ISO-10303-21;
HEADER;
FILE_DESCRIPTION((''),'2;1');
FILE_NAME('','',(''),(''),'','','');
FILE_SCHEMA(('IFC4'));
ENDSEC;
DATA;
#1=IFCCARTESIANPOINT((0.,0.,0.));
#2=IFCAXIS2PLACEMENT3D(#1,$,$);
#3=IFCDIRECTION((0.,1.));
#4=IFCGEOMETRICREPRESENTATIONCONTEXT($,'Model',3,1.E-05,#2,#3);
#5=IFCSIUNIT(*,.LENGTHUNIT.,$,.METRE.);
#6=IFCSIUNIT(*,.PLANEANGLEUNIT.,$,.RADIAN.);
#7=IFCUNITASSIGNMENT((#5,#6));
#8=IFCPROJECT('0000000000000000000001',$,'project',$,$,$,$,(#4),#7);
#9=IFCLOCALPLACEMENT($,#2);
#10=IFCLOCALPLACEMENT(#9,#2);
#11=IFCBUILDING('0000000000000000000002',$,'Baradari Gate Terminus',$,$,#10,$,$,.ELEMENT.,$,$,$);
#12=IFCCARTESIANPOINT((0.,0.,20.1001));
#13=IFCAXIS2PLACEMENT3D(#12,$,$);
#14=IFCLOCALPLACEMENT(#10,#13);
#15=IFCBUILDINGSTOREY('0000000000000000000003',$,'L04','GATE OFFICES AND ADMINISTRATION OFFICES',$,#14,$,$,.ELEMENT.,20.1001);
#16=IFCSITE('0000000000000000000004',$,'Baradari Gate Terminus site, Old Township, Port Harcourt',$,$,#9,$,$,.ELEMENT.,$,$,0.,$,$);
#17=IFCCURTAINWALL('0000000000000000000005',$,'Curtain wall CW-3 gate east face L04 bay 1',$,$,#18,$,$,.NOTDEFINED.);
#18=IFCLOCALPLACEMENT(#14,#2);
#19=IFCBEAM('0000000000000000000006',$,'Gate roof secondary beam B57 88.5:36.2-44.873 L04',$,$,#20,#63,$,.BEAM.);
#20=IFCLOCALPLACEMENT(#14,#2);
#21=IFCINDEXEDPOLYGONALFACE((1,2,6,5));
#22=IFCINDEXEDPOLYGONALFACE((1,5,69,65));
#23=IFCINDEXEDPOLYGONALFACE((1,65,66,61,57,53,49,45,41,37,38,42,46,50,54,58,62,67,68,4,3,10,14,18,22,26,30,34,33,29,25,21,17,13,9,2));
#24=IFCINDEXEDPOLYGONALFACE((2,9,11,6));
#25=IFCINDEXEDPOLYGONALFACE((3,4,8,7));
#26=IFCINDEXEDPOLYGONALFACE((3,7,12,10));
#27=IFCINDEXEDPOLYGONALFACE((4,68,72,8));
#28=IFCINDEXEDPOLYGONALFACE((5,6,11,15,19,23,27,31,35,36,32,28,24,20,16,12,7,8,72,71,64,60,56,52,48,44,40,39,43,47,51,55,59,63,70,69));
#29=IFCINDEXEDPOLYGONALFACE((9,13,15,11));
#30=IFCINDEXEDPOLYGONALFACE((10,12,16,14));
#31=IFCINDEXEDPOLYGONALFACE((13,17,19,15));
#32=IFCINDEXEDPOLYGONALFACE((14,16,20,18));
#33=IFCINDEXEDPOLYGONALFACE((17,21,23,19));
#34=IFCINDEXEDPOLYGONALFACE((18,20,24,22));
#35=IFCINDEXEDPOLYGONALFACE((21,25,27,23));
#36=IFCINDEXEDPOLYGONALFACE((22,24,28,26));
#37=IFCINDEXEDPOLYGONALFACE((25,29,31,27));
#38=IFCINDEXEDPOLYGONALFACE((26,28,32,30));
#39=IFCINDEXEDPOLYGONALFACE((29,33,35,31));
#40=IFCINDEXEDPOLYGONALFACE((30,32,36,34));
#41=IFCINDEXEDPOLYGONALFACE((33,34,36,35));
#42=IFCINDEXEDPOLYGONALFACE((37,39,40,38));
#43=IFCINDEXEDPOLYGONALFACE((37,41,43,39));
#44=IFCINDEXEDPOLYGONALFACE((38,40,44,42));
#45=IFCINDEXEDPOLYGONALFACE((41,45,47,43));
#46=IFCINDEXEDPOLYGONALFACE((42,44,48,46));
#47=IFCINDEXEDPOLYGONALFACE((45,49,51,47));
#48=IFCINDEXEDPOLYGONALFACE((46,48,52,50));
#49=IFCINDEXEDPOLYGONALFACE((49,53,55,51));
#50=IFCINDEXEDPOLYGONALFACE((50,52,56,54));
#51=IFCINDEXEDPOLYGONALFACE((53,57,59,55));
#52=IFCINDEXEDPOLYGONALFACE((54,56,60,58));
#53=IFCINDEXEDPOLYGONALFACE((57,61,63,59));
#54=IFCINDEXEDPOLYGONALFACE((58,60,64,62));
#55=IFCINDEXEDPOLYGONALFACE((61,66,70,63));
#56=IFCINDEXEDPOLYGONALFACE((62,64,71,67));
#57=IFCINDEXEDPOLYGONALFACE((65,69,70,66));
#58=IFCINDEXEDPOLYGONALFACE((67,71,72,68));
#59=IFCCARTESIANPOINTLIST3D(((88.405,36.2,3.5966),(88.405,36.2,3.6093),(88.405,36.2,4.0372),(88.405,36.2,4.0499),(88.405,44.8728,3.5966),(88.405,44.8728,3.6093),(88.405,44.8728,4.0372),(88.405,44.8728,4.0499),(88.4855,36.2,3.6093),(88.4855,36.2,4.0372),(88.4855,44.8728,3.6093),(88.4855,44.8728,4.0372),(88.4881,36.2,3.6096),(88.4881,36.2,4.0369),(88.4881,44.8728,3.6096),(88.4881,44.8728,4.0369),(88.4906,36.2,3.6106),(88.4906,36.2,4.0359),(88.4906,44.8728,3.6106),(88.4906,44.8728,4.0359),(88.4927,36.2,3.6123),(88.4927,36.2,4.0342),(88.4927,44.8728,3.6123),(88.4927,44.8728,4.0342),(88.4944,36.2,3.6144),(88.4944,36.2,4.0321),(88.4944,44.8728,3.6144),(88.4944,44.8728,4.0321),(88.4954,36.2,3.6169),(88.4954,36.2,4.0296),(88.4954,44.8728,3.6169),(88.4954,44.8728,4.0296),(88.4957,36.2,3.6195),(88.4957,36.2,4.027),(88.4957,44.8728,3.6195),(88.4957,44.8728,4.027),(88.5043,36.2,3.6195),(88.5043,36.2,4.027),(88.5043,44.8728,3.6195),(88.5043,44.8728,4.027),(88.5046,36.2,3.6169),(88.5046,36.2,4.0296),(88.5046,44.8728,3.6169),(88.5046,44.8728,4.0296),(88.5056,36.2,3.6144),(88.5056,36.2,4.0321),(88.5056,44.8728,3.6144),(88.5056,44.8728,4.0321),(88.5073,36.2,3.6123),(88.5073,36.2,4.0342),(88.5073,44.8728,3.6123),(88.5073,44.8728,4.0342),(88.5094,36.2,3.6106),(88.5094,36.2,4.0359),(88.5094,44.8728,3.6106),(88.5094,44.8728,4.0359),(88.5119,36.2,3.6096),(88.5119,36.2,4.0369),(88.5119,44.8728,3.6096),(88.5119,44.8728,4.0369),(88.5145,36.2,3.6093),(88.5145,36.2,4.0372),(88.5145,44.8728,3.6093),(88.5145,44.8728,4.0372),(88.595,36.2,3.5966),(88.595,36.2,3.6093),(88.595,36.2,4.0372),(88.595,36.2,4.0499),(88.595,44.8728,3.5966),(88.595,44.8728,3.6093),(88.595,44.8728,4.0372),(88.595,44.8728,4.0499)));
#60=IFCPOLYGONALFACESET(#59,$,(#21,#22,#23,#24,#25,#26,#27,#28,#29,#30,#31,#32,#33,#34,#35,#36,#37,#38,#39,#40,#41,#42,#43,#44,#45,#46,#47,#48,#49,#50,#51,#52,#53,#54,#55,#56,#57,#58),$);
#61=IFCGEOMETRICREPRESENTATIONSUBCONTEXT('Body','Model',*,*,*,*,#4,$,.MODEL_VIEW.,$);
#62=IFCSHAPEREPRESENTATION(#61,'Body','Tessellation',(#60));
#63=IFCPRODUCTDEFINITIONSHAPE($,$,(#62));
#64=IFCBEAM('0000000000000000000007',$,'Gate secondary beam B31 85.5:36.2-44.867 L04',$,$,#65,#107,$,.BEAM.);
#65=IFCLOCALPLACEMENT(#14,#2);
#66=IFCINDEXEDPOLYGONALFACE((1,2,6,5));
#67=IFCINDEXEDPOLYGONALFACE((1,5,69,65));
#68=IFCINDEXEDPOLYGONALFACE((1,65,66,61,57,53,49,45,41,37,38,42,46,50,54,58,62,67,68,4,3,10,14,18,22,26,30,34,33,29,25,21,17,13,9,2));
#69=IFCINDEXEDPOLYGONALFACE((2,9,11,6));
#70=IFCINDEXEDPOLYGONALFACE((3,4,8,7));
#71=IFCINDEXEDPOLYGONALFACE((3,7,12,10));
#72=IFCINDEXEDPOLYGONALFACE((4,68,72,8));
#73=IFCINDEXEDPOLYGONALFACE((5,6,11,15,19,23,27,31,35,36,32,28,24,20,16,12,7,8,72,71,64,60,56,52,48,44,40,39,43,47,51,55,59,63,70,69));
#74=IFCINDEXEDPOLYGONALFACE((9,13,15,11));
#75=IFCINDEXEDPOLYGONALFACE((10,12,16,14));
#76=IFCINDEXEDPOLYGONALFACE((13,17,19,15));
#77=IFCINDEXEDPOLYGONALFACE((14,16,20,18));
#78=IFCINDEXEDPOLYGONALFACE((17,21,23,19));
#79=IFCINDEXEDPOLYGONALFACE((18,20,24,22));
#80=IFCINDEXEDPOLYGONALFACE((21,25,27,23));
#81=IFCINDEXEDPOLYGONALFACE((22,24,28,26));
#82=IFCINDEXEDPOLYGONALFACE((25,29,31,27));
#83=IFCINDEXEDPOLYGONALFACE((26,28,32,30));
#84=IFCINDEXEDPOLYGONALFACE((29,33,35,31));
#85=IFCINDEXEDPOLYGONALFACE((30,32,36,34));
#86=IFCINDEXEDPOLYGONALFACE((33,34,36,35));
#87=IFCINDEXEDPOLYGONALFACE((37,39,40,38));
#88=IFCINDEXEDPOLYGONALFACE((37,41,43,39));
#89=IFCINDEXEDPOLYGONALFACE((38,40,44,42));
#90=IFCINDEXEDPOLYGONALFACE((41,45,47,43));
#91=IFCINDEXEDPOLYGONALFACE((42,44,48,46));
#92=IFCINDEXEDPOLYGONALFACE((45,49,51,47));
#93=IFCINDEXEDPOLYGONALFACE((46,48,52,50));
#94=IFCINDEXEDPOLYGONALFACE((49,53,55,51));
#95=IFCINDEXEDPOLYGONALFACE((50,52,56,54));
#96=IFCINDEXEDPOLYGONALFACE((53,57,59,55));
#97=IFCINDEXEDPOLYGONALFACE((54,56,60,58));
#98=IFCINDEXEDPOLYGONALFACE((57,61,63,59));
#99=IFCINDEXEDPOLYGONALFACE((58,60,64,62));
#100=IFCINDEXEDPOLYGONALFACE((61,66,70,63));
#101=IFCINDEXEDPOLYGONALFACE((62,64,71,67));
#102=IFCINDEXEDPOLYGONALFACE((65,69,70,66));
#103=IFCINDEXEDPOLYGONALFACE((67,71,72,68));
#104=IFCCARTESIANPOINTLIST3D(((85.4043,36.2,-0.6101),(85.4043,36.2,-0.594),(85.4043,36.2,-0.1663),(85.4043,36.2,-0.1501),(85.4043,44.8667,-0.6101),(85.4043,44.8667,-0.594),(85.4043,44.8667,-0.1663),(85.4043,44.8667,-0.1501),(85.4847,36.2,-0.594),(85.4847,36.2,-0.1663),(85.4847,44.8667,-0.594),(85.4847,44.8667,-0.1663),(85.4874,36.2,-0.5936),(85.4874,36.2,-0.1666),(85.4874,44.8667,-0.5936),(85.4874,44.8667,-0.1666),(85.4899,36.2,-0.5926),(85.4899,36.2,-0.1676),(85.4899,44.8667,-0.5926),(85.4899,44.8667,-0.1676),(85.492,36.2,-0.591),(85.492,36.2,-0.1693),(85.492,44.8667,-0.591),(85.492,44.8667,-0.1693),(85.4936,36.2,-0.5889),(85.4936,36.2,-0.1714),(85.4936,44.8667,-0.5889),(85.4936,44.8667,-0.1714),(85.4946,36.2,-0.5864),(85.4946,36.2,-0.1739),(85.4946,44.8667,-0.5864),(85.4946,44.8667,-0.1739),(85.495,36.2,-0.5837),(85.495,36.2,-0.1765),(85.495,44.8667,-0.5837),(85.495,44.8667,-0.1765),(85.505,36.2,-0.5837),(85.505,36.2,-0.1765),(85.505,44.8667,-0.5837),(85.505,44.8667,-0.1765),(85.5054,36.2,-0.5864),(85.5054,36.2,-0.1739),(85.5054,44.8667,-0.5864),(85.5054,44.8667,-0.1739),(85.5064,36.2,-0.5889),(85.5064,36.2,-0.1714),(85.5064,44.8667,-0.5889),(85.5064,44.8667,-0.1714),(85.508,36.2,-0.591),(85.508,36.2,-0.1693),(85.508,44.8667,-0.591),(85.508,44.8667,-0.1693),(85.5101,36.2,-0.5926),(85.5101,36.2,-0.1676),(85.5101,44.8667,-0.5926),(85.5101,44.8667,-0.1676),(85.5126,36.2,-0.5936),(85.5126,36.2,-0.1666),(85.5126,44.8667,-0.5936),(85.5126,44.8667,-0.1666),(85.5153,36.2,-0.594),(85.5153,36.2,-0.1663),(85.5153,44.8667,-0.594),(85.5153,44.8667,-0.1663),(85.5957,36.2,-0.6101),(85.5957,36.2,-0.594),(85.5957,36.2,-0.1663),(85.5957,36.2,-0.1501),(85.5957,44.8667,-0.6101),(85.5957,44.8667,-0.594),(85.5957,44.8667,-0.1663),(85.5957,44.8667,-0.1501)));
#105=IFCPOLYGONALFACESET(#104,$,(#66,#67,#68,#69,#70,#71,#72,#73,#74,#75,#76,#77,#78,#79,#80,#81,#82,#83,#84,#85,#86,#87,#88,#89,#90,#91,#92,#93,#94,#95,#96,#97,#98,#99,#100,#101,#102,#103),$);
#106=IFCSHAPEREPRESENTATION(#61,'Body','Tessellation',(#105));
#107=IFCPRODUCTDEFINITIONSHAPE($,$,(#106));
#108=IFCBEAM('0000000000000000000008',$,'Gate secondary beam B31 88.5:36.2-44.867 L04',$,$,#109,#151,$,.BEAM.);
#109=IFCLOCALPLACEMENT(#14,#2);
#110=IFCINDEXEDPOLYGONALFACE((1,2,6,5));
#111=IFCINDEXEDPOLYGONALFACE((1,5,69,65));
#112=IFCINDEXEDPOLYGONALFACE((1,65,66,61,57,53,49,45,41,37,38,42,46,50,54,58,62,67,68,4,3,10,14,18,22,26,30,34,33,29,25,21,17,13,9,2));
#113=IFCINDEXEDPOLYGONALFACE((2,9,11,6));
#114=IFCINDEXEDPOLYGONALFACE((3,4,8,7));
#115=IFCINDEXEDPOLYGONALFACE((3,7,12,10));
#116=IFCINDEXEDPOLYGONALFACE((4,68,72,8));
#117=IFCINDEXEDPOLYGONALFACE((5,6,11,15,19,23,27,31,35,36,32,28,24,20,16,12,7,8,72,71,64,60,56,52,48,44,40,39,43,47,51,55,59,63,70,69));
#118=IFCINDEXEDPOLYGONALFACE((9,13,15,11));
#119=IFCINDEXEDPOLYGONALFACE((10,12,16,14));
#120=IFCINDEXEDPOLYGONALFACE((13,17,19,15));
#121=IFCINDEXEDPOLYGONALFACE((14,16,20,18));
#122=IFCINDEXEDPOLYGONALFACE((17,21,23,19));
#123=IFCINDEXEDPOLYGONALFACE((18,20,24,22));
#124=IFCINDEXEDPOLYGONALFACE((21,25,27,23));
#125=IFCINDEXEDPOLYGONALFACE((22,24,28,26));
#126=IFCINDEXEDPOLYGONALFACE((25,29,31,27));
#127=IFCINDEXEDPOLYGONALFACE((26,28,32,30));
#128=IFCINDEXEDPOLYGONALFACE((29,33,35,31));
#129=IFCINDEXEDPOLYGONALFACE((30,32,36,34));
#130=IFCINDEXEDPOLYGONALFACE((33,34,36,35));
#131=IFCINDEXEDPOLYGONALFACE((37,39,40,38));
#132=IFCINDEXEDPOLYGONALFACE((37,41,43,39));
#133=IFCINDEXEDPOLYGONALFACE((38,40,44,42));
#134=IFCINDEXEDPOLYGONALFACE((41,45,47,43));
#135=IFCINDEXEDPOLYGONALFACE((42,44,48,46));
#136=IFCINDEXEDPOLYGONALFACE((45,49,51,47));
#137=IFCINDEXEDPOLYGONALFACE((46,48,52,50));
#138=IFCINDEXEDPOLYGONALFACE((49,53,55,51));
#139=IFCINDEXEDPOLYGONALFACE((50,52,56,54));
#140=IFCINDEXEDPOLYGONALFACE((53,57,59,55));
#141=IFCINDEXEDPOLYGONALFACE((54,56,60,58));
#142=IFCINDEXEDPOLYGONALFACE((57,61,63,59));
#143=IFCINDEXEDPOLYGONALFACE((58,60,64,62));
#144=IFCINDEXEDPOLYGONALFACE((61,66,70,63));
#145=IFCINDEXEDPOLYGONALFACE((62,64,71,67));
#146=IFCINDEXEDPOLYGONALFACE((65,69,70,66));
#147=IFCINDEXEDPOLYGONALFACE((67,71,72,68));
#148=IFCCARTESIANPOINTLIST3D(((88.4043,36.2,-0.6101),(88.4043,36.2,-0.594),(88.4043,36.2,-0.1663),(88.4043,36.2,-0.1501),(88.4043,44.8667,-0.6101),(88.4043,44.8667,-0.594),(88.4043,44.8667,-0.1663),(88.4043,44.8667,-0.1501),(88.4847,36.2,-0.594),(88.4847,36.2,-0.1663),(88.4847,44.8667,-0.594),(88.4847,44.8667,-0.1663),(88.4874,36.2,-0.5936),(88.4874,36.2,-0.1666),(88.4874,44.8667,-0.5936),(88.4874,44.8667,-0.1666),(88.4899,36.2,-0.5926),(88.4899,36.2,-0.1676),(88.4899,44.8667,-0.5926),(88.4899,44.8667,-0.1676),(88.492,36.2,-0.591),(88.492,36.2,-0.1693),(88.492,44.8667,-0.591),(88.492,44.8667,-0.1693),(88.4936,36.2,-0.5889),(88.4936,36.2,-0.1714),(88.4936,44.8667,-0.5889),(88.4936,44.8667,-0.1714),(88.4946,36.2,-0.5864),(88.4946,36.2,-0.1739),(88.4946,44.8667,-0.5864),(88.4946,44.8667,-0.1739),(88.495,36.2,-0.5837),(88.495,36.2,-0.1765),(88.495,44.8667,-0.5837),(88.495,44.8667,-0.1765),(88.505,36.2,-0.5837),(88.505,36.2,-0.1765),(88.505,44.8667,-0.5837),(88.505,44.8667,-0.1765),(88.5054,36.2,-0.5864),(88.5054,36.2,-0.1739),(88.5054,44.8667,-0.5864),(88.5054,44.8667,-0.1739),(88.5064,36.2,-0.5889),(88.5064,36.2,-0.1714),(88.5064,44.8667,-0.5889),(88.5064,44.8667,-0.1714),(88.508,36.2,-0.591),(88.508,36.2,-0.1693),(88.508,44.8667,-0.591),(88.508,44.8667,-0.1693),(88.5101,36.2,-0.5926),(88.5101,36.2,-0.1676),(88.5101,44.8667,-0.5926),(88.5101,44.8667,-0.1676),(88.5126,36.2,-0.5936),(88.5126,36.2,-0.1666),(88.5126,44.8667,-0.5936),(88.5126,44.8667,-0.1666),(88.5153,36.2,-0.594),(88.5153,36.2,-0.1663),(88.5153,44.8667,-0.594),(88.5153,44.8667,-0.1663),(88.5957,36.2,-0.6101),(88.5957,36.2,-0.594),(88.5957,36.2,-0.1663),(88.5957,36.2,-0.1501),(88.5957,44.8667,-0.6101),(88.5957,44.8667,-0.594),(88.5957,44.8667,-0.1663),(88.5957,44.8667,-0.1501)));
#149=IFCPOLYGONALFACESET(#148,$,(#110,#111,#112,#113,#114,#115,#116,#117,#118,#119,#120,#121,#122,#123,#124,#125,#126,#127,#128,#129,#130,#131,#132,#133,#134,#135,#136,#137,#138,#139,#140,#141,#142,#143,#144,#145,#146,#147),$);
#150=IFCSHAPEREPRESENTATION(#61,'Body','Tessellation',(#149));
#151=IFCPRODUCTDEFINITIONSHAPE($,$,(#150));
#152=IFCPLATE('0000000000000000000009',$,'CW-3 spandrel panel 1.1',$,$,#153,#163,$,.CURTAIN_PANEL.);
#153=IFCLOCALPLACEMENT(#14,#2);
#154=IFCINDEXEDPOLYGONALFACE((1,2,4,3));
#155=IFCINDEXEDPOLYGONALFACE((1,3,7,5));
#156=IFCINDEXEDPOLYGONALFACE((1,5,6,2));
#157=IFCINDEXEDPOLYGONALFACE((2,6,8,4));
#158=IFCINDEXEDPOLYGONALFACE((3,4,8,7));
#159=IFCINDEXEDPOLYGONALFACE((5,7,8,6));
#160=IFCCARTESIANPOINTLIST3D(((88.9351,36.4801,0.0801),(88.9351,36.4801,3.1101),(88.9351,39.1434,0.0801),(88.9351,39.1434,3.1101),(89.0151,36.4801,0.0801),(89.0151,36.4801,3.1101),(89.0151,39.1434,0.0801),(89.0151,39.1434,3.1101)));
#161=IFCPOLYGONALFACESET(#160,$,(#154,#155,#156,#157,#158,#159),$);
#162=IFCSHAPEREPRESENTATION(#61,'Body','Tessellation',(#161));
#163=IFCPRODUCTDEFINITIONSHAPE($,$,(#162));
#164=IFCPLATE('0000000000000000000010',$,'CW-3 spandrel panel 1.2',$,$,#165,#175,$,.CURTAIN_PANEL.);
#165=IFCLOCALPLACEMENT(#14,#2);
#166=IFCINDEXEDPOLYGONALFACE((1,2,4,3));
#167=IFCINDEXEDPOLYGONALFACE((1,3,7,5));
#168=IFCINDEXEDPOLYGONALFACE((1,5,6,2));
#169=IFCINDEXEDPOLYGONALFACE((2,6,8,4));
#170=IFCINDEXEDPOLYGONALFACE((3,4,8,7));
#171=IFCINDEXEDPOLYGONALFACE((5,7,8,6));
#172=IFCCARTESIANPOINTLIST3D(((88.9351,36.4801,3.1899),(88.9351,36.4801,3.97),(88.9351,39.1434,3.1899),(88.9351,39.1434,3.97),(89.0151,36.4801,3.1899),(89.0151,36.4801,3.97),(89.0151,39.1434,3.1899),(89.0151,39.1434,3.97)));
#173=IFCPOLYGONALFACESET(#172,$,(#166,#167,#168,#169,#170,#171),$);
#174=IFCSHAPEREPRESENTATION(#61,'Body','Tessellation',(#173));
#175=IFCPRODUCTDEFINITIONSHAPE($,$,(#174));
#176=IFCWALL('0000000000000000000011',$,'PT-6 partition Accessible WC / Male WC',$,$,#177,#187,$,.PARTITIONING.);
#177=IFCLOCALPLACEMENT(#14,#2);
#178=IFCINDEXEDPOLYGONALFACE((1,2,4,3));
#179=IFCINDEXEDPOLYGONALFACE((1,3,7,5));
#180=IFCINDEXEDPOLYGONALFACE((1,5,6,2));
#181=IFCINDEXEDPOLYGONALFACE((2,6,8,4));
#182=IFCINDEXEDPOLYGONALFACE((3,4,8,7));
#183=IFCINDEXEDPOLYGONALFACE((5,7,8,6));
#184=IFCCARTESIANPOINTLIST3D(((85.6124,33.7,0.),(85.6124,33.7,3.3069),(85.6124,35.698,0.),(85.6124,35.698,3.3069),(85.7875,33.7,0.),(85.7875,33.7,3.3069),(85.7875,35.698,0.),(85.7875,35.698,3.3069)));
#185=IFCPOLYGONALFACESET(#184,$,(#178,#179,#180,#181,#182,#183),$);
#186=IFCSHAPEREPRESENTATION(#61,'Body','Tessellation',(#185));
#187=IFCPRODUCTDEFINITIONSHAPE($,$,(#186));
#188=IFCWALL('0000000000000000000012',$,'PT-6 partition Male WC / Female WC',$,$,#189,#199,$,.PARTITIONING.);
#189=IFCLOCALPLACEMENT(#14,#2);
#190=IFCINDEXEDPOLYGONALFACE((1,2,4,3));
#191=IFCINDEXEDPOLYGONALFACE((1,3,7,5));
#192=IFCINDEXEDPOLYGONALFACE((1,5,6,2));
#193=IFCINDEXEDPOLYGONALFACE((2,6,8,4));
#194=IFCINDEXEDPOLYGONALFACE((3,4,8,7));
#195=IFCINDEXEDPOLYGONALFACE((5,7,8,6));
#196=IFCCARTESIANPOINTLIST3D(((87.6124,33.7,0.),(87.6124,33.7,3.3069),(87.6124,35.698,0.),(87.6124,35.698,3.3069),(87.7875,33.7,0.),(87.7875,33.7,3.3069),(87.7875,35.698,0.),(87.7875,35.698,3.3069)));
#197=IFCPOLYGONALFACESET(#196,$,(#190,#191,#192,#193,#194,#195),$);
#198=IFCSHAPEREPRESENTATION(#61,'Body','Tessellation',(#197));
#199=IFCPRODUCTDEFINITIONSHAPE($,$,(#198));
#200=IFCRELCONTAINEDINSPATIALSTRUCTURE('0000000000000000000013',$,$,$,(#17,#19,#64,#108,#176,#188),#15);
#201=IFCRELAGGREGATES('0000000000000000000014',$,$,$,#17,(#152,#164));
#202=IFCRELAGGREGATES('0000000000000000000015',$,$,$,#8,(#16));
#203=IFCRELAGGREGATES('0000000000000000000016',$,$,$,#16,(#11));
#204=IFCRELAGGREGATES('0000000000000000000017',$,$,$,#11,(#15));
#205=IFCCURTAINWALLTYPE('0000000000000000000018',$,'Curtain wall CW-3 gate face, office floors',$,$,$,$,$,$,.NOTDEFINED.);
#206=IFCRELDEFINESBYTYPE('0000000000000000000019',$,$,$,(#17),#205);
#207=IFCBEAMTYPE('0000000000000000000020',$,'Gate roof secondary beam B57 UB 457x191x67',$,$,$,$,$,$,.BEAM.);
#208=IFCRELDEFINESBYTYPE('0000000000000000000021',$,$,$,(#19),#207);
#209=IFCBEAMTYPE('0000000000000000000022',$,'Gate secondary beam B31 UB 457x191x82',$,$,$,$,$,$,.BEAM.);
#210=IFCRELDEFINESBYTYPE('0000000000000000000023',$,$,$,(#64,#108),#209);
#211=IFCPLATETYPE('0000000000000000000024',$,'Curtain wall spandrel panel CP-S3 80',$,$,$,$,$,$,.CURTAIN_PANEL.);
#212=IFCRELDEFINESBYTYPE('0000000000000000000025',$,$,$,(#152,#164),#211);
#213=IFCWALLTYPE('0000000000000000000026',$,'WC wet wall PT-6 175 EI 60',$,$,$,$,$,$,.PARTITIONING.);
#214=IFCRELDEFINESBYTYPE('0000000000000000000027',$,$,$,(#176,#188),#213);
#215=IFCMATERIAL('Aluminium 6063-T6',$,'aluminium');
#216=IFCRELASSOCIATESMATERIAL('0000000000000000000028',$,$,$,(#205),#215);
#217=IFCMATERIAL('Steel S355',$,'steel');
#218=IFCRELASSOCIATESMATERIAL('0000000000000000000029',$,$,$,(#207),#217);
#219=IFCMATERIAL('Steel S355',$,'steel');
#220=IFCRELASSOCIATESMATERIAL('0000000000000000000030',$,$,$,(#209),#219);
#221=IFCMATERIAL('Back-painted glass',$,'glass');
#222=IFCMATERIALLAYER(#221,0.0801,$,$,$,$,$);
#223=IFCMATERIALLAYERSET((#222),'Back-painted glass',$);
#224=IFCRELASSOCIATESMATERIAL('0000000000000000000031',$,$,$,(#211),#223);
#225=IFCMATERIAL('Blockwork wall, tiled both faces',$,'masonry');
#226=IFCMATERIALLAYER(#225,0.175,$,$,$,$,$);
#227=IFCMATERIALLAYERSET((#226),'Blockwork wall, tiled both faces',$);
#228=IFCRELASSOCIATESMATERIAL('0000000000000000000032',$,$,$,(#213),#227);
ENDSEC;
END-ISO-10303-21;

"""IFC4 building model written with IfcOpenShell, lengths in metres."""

from ifc_helpers import new_model, si_unit, direction, frame, frame_2d, origin, origin_2d, place, context, subcontext, project, spatial, rectangle, i_section, extrude, material, layer, layer_set, material_profile, profile_set, type_object, element, aggregate, save


model = new_model("IFC4")

# Units and contexts
model_context = context("Model", 3, precision=1e-05, world=origin(), true_north=direction((0.0, 1.0)))
body_context = subcontext(model_context, "Body", "Model", "MODEL_VIEW")
ifc_project = project(units=[si_unit("LENGTHUNIT", "METRE"), si_unit("PLANEANGLEUNIT", "RADIAN")], contexts=[model_context])

# Site, building, storey
site_placement = place(None, origin())
site = spatial("IfcSite", under=ifc_project, at=site_placement, Name="Baradari Gate Terminus site, Old Township, Port Harcourt", CompositionType="ELEMENT", RefElevation=0.0)
building_placement = place(site_placement, origin())
building = spatial("IfcBuilding", under=site, at=building_placement, Name="Baradari Gate Terminus", CompositionType="ELEMENT")
storey_placement = place(building_placement, frame((0.0, 0.0, 20.1001)))
storey = spatial("IfcBuildingStorey", under=building, at=storey_placement, Name="L04", Description="GATE OFFICES AND ADMINISTRATION OFFICES", CompositionType="ELEMENT", Elevation=20.1001)

# Curtain wall
ifc_material_1 = material(Name="Aluminium 6063-T6", Category="aluminium")
curtain_wall_type = type_object("IfcCurtainWallType", Name="Curtain wall CW-3 gate face, office floors", PredefinedType="NOTDEFINED", material=ifc_material_1)
curtain_wall_placement = place(storey_placement, origin())
curtain_wall = element("IfcCurtainWall", 1, at=curtain_wall_placement, inside=storey, type_object=curtain_wall_type, Name="Curtain wall CW-3 gate east face L04 bay 1", PredefinedType="NOTDEFINED")

# Beams
ifc_material_2 = material(Name="Steel S355", Category="steel")
ifc_material_profile_1 = material_profile(ifc_material_2, i_section(OverallWidth=0.1899, OverallDepth=0.4534, WebThickness=0.0085, FlangeThickness=0.0127, FilletRadius=0.0103, at=origin_2d()), Name="UB 457x191x67")
ifc_profile_set_1 = profile_set([ifc_material_profile_1], Name="Steel S355")
beam_type_1 = type_object("IfcBeamType", Name="Gate roof secondary beam B57 UB 457x191x67", PredefinedType="BEAM", material=ifc_profile_set_1)
for number, where, z_axis, x_axis, name in (
    (2, (88.5, 36.2, 3.8232), (0.0, 1.0, 0.0), (-1.0, 0.0, 0.0), "Gate roof secondary beam B57 88.5:36.2-44.873 L04"),
):
    element("IfcBeam", number, at=place(storey_placement, frame(where, z_axis=z_axis, x_axis=x_axis)), inside=storey, type_object=beam_type_1, Name=name, PredefinedType="BEAM", context=body_context, shape_type="SweptSolid", body=[
        extrude(i_section(OverallWidth=0.1899, OverallDepth=0.4534, WebThickness=0.0085, FlangeThickness=0.0127, FilletRadius=0.0103, at=origin_2d()), origin(), (0.0, 0.0, 1.0), 8.6729),
    ])
ifc_material_3 = material(Name="Steel S355", Category="steel")
ifc_material_profile_2 = material_profile(ifc_material_3, i_section(OverallWidth=0.1914, OverallDepth=0.46, WebThickness=0.01, FlangeThickness=0.0161, FilletRadius=0.0103, at=origin_2d()), Name="UB 457x191x82")
ifc_profile_set_2 = profile_set([ifc_material_profile_2], Name="Steel S355")
beam_type_2 = type_object("IfcBeamType", Name="Gate secondary beam B31 UB 457x191x82", PredefinedType="BEAM", material=ifc_profile_set_2)
for number, where, z_axis, x_axis, name in (
    (3, (85.5, 36.2, -0.3801), (0.0, 1.0, 0.0), (-1.0, 0.0, 0.0), "Gate secondary beam B31 85.5:36.2-44.867 L04"),
    (4, (88.5, 36.2, -0.3801), (0.0, 1.0, 0.0), (-1.0, 0.0, 0.0), "Gate secondary beam B31 88.5:36.2-44.867 L04"),
):
    element("IfcBeam", number, at=place(storey_placement, frame(where, z_axis=z_axis, x_axis=x_axis)), inside=storey, type_object=beam_type_2, Name=name, PredefinedType="BEAM", context=body_context, shape_type="SweptSolid", body=[
        extrude(i_section(OverallWidth=0.1914, OverallDepth=0.46, WebThickness=0.01, FlangeThickness=0.0161, FilletRadius=0.0103, at=origin_2d()), origin(), (0.0, 0.0, 1.0), 8.6667),
    ])

# Plates
ifc_material_4 = material(Name="Back-painted glass", Category="glass")
ifc_layer_1 = layer(ifc_material_4, 0.0801)
ifc_layer_set_1 = layer_set([ifc_layer_1], Name="Back-painted glass")
plate_type = type_object("IfcPlateType", Name="Curtain wall spandrel panel CP-S3 80", PredefinedType="CURTAIN_PANEL", material=ifc_layer_set_1)
plate_1_placement = place(storey_placement, frame((88.9751, 37.8118, 0.0801), z_axis=(0.0, 0.0, 1.0), x_axis=(0.0, 1.0, 0.0)))
plate_1 = element("IfcPlate", 5, at=plate_1_placement, type_object=plate_type, Name="CW-3 spandrel panel 1.1", PredefinedType="CURTAIN_PANEL", context=body_context, shape_type="SweptSolid", body=[
    extrude(rectangle(XDim=2.6633, YDim=0.0801, at=origin_2d()), origin(), (0.0, 0.0, 1.0), 3.03),
])
plate_2_placement = place(storey_placement, frame((88.9751, 37.8118, 3.1899), z_axis=(0.0, 0.0, 1.0), x_axis=(0.0, 1.0, 0.0)))
plate_2 = element("IfcPlate", 6, at=plate_2_placement, type_object=plate_type, Name="CW-3 spandrel panel 1.2", PredefinedType="CURTAIN_PANEL", context=body_context, shape_type="SweptSolid", body=[
    extrude(rectangle(XDim=2.6633, YDim=0.0801, at=origin_2d()), origin(), (0.0, 0.0, 1.0), 0.78),
])
aggregate(curtain_wall, [plate_1, plate_2])

# Walls
ifc_material_5 = material(Name="Blockwork wall, tiled both faces", Category="masonry")
ifc_layer_2 = layer(ifc_material_5, 0.175)
ifc_layer_set_2 = layer_set([ifc_layer_2], Name="Blockwork wall, tiled both faces")
wall_type = type_object("IfcWallType", Name="WC wet wall PT-6 175 EI 60", PredefinedType="PARTITIONING", material=ifc_layer_set_2)
for number, where, z_axis, x_axis, name in (
    (7, (85.7, 35.698, 0.0), (0.0, 0.0, 1.0), (0.0, -1.0, 0.0), "PT-6 partition Accessible WC / Male WC"),
    (8, (87.7, 35.698, 0.0), (0.0, 0.0, 1.0), (0.0, -1.0, 0.0), "PT-6 partition Male WC / Female WC"),
):
    element("IfcWall", number, at=place(storey_placement, frame(where, z_axis=z_axis, x_axis=x_axis)), inside=storey, type_object=wall_type, Name=name, PredefinedType="PARTITIONING", context=body_context, shape_type="SweptSolid", body=[
        extrude(rectangle(XDim=1.998, YDim=0.175, at=frame_2d((0.999, 0.0))), origin(), (0.0, 0.0, 1.0), 3.3069),
    ])

save(model, "model.ifc")
